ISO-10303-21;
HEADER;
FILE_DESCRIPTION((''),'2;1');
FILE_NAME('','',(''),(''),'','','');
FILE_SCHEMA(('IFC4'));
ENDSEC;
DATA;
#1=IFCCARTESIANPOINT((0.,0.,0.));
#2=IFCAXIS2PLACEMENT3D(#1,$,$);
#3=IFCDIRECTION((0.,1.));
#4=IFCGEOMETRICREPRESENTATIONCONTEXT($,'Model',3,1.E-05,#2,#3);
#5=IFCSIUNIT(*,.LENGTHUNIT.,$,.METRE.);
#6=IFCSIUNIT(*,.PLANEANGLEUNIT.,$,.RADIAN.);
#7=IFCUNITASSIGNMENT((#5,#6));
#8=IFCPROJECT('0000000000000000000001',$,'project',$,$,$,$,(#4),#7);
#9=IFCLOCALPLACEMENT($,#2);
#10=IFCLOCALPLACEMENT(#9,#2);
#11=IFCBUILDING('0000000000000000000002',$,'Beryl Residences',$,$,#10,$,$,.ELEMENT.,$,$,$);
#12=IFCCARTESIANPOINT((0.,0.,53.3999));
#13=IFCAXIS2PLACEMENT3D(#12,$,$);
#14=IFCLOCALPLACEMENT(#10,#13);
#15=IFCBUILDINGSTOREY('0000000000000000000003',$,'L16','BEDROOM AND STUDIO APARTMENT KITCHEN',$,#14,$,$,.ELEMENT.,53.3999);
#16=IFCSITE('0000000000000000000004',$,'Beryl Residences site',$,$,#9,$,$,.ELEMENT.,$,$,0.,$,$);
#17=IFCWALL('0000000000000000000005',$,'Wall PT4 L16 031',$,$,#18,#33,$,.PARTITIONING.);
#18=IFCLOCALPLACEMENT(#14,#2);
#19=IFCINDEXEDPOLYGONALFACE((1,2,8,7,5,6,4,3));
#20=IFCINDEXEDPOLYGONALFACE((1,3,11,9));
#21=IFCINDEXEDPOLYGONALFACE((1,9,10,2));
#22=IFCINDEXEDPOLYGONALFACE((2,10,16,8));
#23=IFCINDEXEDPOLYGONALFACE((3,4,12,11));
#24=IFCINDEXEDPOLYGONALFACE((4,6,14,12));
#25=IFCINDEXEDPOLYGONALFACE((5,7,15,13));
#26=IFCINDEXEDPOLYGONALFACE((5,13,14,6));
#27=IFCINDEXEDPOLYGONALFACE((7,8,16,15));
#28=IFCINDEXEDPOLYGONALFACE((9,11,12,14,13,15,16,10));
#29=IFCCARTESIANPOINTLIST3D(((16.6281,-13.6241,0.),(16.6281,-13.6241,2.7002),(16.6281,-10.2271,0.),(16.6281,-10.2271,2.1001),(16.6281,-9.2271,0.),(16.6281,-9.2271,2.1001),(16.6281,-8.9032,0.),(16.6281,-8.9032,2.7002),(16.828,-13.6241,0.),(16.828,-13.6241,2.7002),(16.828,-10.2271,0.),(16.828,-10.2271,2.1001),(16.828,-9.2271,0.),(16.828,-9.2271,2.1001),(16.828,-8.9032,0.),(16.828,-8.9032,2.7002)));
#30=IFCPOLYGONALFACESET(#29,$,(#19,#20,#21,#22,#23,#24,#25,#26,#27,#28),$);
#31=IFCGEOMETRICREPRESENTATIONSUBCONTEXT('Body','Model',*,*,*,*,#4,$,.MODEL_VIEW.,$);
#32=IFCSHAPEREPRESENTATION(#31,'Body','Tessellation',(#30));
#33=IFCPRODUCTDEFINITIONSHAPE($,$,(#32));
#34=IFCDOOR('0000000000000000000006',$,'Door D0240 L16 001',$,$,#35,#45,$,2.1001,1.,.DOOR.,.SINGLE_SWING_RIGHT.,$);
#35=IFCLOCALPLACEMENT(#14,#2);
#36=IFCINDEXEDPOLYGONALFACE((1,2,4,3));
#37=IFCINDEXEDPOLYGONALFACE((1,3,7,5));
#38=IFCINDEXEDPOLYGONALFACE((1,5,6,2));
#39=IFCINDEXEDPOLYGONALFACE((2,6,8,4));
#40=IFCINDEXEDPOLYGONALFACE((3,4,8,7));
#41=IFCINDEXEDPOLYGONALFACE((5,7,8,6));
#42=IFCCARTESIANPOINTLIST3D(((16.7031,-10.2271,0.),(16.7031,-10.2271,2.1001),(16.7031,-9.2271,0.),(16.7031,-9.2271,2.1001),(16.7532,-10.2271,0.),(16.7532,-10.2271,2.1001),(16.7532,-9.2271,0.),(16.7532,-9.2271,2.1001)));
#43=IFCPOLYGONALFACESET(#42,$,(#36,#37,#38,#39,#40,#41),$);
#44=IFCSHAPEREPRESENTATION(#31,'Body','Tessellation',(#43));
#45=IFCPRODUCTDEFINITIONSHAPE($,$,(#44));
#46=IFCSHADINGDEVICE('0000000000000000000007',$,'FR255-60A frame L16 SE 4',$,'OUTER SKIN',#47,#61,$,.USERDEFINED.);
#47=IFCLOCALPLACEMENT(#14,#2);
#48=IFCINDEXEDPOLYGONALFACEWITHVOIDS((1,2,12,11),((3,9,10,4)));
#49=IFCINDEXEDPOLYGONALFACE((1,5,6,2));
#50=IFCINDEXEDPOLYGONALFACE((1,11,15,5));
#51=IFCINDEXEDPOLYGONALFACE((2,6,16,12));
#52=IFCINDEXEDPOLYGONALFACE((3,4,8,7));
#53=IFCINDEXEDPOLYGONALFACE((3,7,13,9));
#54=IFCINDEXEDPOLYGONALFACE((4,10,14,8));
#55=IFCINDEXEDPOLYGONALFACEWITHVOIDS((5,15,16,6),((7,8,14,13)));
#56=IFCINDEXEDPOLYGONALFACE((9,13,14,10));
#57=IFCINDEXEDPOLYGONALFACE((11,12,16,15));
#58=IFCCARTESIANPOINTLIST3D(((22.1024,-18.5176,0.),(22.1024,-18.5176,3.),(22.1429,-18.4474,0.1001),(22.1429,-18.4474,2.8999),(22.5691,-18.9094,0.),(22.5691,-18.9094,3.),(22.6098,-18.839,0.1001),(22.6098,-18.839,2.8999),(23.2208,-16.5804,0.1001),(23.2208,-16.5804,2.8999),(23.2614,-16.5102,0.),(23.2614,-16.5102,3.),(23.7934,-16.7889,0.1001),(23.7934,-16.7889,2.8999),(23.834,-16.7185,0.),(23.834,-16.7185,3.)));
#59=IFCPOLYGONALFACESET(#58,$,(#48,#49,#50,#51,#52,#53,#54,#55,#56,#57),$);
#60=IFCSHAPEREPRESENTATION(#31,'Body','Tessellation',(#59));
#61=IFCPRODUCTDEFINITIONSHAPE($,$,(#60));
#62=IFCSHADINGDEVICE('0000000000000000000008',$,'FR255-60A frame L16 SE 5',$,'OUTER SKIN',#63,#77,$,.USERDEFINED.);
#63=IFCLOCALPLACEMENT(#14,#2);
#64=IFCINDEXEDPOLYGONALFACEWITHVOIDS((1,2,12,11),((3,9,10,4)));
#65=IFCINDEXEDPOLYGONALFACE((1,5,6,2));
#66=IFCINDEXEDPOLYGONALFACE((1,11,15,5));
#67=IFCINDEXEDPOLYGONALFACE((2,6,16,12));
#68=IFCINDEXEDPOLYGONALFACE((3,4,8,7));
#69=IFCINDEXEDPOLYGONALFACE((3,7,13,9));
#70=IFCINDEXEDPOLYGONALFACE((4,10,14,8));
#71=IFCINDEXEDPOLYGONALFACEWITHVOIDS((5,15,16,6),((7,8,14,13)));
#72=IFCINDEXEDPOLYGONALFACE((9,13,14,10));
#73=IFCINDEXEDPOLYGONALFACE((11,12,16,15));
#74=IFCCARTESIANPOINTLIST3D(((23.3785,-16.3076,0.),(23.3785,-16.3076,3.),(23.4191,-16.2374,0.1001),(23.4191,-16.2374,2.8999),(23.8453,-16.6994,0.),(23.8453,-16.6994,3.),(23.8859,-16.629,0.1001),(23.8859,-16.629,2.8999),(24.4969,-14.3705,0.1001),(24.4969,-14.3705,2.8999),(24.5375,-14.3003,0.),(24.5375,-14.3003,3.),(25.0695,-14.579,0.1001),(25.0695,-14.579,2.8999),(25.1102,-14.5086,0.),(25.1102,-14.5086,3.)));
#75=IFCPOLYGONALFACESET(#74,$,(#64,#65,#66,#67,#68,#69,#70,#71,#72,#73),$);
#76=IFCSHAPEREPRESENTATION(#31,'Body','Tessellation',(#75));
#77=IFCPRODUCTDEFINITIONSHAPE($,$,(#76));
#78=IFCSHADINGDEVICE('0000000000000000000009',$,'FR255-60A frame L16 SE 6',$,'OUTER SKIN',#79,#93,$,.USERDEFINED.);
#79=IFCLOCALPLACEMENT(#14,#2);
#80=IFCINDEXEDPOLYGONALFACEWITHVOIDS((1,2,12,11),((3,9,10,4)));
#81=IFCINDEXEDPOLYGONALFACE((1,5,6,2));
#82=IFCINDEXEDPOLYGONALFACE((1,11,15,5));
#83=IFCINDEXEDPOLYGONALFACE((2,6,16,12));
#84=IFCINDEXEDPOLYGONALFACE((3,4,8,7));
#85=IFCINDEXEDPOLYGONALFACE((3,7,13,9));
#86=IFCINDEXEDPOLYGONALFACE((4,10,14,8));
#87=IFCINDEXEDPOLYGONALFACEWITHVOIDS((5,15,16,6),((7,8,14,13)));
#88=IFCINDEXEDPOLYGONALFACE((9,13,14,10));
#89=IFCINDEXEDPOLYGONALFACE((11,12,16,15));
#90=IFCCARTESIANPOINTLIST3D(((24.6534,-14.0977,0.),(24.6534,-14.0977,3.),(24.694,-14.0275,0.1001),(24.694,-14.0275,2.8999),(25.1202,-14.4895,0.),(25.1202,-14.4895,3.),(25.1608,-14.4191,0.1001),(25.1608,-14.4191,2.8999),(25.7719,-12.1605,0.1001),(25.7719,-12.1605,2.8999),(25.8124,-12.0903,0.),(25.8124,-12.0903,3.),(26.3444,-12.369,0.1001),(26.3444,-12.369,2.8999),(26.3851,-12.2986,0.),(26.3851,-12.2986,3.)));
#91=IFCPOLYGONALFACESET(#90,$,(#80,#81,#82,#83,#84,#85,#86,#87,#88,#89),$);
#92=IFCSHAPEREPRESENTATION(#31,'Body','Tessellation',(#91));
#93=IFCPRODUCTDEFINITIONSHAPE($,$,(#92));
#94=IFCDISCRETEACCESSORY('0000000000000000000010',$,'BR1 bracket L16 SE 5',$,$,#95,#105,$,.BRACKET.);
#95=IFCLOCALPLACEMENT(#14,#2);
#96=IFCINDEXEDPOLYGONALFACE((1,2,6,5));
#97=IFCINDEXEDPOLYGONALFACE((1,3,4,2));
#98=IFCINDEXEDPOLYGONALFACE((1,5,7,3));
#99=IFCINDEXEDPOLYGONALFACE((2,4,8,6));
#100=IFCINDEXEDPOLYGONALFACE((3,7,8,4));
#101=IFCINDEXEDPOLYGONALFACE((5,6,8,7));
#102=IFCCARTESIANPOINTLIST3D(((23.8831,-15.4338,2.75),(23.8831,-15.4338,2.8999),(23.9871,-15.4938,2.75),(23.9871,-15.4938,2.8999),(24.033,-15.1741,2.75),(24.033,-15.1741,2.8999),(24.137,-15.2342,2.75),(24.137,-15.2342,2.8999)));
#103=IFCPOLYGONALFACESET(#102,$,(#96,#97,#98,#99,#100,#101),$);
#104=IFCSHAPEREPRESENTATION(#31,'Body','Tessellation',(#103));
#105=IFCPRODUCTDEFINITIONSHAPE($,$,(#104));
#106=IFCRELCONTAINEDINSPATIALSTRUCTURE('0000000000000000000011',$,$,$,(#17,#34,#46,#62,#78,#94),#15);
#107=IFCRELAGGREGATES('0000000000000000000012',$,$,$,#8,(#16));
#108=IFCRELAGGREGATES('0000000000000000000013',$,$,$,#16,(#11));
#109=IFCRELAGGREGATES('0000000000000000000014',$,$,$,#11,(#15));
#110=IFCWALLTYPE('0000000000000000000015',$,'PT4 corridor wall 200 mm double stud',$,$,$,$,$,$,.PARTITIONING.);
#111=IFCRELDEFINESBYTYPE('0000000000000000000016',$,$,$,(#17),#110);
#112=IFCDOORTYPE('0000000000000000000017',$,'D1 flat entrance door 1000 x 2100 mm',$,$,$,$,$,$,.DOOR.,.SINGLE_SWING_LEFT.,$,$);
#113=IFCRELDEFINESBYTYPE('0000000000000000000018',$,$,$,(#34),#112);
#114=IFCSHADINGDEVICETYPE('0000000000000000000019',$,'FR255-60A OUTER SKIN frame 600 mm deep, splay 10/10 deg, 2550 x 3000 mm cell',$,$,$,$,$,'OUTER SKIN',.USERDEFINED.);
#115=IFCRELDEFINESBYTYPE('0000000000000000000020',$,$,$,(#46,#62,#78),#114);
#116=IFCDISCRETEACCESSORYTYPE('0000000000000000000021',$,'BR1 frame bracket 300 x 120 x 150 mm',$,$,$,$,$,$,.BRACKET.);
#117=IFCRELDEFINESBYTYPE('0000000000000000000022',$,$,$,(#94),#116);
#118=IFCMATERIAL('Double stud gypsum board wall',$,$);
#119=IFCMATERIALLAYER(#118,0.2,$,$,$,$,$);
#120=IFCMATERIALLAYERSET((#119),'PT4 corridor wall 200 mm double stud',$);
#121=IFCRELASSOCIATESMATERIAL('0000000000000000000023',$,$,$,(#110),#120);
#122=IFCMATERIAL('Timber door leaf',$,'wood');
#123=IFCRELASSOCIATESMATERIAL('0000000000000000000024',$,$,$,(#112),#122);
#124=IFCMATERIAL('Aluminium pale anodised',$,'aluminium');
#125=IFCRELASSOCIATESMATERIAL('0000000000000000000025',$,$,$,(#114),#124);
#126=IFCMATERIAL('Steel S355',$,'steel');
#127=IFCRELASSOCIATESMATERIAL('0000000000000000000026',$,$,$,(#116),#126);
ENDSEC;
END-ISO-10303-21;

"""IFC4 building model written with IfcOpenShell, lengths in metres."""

from ifc_helpers import new_model, entity, si_unit, direction, frame, frame_2d, origin, place, context, subcontext, project, spatial, polyline, rectangle, outline, extrude, source, transform, mapped, material, layer, layer_set, type_object, type_shapes, element, fill, save


model = new_model("IFC4")

# Units and contexts
model_context = context("Model", 3, precision=1e-05, world=origin(), true_north=direction((0.0, 1.0)))
body_context = subcontext(model_context, "Body", "Model", "MODEL_VIEW")
ifc_project = project(units=[si_unit("LENGTHUNIT", "METRE"), si_unit("PLANEANGLEUNIT", "RADIAN")], contexts=[model_context])

# Site, building, storey
site_placement = place(None, origin())
site = spatial("IfcSite", under=ifc_project, at=site_placement, Name="Beryl Residences site", CompositionType="ELEMENT", RefElevation=0.0)
building_placement = place(site_placement, origin())
building = spatial("IfcBuilding", under=site, at=building_placement, Name="Beryl Residences", CompositionType="ELEMENT")
storey_placement = place(building_placement, frame((0.0, 0.0, 53.3999)))
storey = spatial("IfcBuildingStorey", under=building, at=storey_placement, Name="L16", Description="BEDROOM AND STUDIO APARTMENT KITCHEN", CompositionType="ELEMENT", Elevation=53.3999)

# Shared definitions
ifc_material_1 = material(Name="Double stud gypsum board wall")
ifc_layer_1 = layer(ifc_material_1, 0.2)
ifc_layer_set_1 = layer_set([ifc_layer_1], Name="PT4 corridor wall 200 mm double stud")
wall_type_1 = type_object("IfcWallType", Name="PT4 corridor wall 200 mm double stud", PredefinedType="PARTITIONING", material=ifc_layer_set_1)

# Wall, opening, door
ifc_material_2 = material(Name="Timber door leaf", Category="wood")
door_type_1 = type_object("IfcDoorType", Name="D1 flat entrance door 1000 x 2100 mm", OperationType="SINGLE_SWING_LEFT", PredefinedType="DOOR", material=ifc_material_2)
wall_1_placement = place(storey_placement, frame((16.728, -13.624, 0.0), z_axis=(0.0, 0.0, 1.0), x_axis=(0.0, 1.0, 0.0)))
wall_1 = element("IfcWall", 1, at=wall_1_placement, inside=storey, type_object=wall_type_1, Name="Wall PT4 L16 031", PredefinedType="PARTITIONING", context=body_context, shape_type="SweptSolid", body=[
    extrude(rectangle(XDim=4.7209, YDim=0.2, at=frame_2d((2.3604, 0.0))), origin(), (0.0, 0.0, 1.0), 2.7002),
])
opening_1_placement = place(wall_1_placement, frame((3.397, 0.0, 0.0)))
opening_1 = element("IfcOpeningElement", 2, at=opening_1_placement, cuts=wall_1, PredefinedType="OPENING", context=body_context, shape_type="SweptSolid", body=[
    extrude(rectangle(XDim=1.0, YDim=2.1001, at=frame_2d((0.5, 1.05))), frame((0.0, 0.1099, 0.0), z_axis=(0.0, -1.0, 0.0), x_axis=(1.0, 0.0, 0.0)), (0.0, 0.0, 1.0), 0.22),
])
door_1_placement = place(opening_1_placement, origin())
door_1 = element("IfcDoor", 3, at=door_1_placement, inside=storey, type_object=door_type_1, Name="Door D0240 L16 001", OperationType="SINGLE_SWING_RIGHT", OverallHeight=2.1001, OverallWidth=1.0, PredefinedType="DOOR", context=body_context, shape_type="SweptSolid", body=[
    extrude(rectangle(XDim=1.0, YDim=2.1001, at=frame_2d((0.5, 1.05))), frame((0.0, 0.0249, 0.0), z_axis=(0.0, -1.0, 0.0), x_axis=(1.0, 0.0, 0.0)), (0.0, 0.0, 1.0), 0.05),
])
fill(opening_1, door_1)

# Shading devices
ifc_material_3 = material(Name="Aluminium pale anodised", Category="aluminium")
shading_device_type = type_object("IfcShadingDeviceType", Name="FR255-60A OUTER SKIN frame 600 mm deep, splay 10/10 deg, 2550 x 3000 mm cell", ElementType="OUTER SKIN", PredefinedType="USERDEFINED", material=ifc_material_3)
cartesian_point_1 = entity("IfcCartesianPoint", [-1.1589, 0.0])
cartesian_point_2 = entity("IfcCartesianPoint", [-1.0779, 0.1001])
cartesian_point_3 = entity("IfcCartesianPoint", [-1.2649, 0.0])
cartesian_point_4 = entity("IfcCartesianPoint", [-1.1836, 0.1001])
shared_shape_1 = source(origin(), body_context, "Body", "SweptSolid", [
    entity("IfcExtrudedAreaSolidTapered", entity("IfcArbitraryProfileDefWithVoids", "AREA", None, entity("IfcPolyline", [cartesian_point_1, entity("IfcCartesianPoint", [1.1589, 0.0]), entity("IfcCartesianPoint", [1.1589, 3.0]), entity("IfcCartesianPoint", [-1.1589, 3.0]), cartesian_point_1]), [entity("IfcPolyline", [cartesian_point_2, entity("IfcCartesianPoint", [1.0779, 0.1001]), entity("IfcCartesianPoint", [1.0779, 2.8999]), entity("IfcCartesianPoint", [-1.0779, 2.8999]), cartesian_point_2])]), entity("IfcAxis2Placement3D", entity("IfcCartesianPoint", [0.0, 0.0, 0.0]), entity("IfcDirection", [0.0, 1.0, 0.0]), entity("IfcDirection", [-1.0, 0.0, 0.0])), entity("IfcDirection", [0.0, 0.0, 1.0]), 0.6001, entity("IfcArbitraryProfileDefWithVoids", "AREA", None, entity("IfcPolyline", [cartesian_point_3, entity("IfcCartesianPoint", [1.2649, 0.0]), entity("IfcCartesianPoint", [1.2649, 3.0]), entity("IfcCartesianPoint", [-1.2649, 3.0]), cartesian_point_3]), [entity("IfcPolyline", [cartesian_point_4, entity("IfcCartesianPoint", [1.1836, 0.1001]), entity("IfcCartesianPoint", [1.1836, 2.8999]), entity("IfcCartesianPoint", [-1.1836, 2.8999]), cartesian_point_4])])),
])
type_shapes(shading_device_type, [shared_shape_1])
for number, where, z_axis, x_axis, name in (
    (4, (22.6819, -17.5139, 0.0), (0.0, 0.0, 1.0), (-0.5, -0.866025, 0.0), "FR255-60A frame L16 SE 4"),
    (5, (23.958, -15.304, 0.0), (0.0, 0.0, 1.0), (-0.5, -0.866025, 0.0), "FR255-60A frame L16 SE 5"),
    (6, (25.2329, -13.094, 0.0), (0.0, 0.0, 1.0), (-0.5, -0.866025, 0.0), "FR255-60A frame L16 SE 6"),
):
    element("IfcShadingDevice", number, at=place(storey_placement, frame(where, z_axis=z_axis, x_axis=x_axis)), inside=storey, type_object=shading_device_type, Name=name, ObjectType="OUTER SKIN", PredefinedType="USERDEFINED", context=body_context, shape_type="MappedRepresentation", body=[
        mapped(shared_shape_1, transform((0.0, 0.0, 0.0))),
    ])

# Discrete accessory
ifc_material_4 = material(Name="Steel S355", Category="steel")
discrete_accessory_type = type_object("IfcDiscreteAccessoryType", Name="BR1 frame bracket 300 x 120 x 150 mm", PredefinedType="BRACKET", material=ifc_material_4)
shared_shape_2 = source(origin(), body_context, "Body", "SweptSolid", [
    extrude(outline(polyline([(-0.1499, 0.0), (0.1499, 0.0), (0.1499, 0.1201), (-0.1499, 0.1201), (-0.1499, 0.0)])), origin(), (0.0, 0.0, 1.0), 0.1499),
])
type_shapes(discrete_accessory_type, [shared_shape_2])
discrete_accessory_placement = place(storey_placement, frame((23.958, -15.304, 2.75), z_axis=(0.0, 0.0, 1.0), x_axis=(-0.5, -0.866025, 0.0)))
element("IfcDiscreteAccessory", 7, at=discrete_accessory_placement, inside=storey, type_object=discrete_accessory_type, Name="BR1 bracket L16 SE 5", PredefinedType="BRACKET", context=body_context, shape_type="MappedRepresentation", body=[
    mapped(shared_shape_2, transform((0.0, 0.0, 0.0))),
])

save(model, "model.ifc")
